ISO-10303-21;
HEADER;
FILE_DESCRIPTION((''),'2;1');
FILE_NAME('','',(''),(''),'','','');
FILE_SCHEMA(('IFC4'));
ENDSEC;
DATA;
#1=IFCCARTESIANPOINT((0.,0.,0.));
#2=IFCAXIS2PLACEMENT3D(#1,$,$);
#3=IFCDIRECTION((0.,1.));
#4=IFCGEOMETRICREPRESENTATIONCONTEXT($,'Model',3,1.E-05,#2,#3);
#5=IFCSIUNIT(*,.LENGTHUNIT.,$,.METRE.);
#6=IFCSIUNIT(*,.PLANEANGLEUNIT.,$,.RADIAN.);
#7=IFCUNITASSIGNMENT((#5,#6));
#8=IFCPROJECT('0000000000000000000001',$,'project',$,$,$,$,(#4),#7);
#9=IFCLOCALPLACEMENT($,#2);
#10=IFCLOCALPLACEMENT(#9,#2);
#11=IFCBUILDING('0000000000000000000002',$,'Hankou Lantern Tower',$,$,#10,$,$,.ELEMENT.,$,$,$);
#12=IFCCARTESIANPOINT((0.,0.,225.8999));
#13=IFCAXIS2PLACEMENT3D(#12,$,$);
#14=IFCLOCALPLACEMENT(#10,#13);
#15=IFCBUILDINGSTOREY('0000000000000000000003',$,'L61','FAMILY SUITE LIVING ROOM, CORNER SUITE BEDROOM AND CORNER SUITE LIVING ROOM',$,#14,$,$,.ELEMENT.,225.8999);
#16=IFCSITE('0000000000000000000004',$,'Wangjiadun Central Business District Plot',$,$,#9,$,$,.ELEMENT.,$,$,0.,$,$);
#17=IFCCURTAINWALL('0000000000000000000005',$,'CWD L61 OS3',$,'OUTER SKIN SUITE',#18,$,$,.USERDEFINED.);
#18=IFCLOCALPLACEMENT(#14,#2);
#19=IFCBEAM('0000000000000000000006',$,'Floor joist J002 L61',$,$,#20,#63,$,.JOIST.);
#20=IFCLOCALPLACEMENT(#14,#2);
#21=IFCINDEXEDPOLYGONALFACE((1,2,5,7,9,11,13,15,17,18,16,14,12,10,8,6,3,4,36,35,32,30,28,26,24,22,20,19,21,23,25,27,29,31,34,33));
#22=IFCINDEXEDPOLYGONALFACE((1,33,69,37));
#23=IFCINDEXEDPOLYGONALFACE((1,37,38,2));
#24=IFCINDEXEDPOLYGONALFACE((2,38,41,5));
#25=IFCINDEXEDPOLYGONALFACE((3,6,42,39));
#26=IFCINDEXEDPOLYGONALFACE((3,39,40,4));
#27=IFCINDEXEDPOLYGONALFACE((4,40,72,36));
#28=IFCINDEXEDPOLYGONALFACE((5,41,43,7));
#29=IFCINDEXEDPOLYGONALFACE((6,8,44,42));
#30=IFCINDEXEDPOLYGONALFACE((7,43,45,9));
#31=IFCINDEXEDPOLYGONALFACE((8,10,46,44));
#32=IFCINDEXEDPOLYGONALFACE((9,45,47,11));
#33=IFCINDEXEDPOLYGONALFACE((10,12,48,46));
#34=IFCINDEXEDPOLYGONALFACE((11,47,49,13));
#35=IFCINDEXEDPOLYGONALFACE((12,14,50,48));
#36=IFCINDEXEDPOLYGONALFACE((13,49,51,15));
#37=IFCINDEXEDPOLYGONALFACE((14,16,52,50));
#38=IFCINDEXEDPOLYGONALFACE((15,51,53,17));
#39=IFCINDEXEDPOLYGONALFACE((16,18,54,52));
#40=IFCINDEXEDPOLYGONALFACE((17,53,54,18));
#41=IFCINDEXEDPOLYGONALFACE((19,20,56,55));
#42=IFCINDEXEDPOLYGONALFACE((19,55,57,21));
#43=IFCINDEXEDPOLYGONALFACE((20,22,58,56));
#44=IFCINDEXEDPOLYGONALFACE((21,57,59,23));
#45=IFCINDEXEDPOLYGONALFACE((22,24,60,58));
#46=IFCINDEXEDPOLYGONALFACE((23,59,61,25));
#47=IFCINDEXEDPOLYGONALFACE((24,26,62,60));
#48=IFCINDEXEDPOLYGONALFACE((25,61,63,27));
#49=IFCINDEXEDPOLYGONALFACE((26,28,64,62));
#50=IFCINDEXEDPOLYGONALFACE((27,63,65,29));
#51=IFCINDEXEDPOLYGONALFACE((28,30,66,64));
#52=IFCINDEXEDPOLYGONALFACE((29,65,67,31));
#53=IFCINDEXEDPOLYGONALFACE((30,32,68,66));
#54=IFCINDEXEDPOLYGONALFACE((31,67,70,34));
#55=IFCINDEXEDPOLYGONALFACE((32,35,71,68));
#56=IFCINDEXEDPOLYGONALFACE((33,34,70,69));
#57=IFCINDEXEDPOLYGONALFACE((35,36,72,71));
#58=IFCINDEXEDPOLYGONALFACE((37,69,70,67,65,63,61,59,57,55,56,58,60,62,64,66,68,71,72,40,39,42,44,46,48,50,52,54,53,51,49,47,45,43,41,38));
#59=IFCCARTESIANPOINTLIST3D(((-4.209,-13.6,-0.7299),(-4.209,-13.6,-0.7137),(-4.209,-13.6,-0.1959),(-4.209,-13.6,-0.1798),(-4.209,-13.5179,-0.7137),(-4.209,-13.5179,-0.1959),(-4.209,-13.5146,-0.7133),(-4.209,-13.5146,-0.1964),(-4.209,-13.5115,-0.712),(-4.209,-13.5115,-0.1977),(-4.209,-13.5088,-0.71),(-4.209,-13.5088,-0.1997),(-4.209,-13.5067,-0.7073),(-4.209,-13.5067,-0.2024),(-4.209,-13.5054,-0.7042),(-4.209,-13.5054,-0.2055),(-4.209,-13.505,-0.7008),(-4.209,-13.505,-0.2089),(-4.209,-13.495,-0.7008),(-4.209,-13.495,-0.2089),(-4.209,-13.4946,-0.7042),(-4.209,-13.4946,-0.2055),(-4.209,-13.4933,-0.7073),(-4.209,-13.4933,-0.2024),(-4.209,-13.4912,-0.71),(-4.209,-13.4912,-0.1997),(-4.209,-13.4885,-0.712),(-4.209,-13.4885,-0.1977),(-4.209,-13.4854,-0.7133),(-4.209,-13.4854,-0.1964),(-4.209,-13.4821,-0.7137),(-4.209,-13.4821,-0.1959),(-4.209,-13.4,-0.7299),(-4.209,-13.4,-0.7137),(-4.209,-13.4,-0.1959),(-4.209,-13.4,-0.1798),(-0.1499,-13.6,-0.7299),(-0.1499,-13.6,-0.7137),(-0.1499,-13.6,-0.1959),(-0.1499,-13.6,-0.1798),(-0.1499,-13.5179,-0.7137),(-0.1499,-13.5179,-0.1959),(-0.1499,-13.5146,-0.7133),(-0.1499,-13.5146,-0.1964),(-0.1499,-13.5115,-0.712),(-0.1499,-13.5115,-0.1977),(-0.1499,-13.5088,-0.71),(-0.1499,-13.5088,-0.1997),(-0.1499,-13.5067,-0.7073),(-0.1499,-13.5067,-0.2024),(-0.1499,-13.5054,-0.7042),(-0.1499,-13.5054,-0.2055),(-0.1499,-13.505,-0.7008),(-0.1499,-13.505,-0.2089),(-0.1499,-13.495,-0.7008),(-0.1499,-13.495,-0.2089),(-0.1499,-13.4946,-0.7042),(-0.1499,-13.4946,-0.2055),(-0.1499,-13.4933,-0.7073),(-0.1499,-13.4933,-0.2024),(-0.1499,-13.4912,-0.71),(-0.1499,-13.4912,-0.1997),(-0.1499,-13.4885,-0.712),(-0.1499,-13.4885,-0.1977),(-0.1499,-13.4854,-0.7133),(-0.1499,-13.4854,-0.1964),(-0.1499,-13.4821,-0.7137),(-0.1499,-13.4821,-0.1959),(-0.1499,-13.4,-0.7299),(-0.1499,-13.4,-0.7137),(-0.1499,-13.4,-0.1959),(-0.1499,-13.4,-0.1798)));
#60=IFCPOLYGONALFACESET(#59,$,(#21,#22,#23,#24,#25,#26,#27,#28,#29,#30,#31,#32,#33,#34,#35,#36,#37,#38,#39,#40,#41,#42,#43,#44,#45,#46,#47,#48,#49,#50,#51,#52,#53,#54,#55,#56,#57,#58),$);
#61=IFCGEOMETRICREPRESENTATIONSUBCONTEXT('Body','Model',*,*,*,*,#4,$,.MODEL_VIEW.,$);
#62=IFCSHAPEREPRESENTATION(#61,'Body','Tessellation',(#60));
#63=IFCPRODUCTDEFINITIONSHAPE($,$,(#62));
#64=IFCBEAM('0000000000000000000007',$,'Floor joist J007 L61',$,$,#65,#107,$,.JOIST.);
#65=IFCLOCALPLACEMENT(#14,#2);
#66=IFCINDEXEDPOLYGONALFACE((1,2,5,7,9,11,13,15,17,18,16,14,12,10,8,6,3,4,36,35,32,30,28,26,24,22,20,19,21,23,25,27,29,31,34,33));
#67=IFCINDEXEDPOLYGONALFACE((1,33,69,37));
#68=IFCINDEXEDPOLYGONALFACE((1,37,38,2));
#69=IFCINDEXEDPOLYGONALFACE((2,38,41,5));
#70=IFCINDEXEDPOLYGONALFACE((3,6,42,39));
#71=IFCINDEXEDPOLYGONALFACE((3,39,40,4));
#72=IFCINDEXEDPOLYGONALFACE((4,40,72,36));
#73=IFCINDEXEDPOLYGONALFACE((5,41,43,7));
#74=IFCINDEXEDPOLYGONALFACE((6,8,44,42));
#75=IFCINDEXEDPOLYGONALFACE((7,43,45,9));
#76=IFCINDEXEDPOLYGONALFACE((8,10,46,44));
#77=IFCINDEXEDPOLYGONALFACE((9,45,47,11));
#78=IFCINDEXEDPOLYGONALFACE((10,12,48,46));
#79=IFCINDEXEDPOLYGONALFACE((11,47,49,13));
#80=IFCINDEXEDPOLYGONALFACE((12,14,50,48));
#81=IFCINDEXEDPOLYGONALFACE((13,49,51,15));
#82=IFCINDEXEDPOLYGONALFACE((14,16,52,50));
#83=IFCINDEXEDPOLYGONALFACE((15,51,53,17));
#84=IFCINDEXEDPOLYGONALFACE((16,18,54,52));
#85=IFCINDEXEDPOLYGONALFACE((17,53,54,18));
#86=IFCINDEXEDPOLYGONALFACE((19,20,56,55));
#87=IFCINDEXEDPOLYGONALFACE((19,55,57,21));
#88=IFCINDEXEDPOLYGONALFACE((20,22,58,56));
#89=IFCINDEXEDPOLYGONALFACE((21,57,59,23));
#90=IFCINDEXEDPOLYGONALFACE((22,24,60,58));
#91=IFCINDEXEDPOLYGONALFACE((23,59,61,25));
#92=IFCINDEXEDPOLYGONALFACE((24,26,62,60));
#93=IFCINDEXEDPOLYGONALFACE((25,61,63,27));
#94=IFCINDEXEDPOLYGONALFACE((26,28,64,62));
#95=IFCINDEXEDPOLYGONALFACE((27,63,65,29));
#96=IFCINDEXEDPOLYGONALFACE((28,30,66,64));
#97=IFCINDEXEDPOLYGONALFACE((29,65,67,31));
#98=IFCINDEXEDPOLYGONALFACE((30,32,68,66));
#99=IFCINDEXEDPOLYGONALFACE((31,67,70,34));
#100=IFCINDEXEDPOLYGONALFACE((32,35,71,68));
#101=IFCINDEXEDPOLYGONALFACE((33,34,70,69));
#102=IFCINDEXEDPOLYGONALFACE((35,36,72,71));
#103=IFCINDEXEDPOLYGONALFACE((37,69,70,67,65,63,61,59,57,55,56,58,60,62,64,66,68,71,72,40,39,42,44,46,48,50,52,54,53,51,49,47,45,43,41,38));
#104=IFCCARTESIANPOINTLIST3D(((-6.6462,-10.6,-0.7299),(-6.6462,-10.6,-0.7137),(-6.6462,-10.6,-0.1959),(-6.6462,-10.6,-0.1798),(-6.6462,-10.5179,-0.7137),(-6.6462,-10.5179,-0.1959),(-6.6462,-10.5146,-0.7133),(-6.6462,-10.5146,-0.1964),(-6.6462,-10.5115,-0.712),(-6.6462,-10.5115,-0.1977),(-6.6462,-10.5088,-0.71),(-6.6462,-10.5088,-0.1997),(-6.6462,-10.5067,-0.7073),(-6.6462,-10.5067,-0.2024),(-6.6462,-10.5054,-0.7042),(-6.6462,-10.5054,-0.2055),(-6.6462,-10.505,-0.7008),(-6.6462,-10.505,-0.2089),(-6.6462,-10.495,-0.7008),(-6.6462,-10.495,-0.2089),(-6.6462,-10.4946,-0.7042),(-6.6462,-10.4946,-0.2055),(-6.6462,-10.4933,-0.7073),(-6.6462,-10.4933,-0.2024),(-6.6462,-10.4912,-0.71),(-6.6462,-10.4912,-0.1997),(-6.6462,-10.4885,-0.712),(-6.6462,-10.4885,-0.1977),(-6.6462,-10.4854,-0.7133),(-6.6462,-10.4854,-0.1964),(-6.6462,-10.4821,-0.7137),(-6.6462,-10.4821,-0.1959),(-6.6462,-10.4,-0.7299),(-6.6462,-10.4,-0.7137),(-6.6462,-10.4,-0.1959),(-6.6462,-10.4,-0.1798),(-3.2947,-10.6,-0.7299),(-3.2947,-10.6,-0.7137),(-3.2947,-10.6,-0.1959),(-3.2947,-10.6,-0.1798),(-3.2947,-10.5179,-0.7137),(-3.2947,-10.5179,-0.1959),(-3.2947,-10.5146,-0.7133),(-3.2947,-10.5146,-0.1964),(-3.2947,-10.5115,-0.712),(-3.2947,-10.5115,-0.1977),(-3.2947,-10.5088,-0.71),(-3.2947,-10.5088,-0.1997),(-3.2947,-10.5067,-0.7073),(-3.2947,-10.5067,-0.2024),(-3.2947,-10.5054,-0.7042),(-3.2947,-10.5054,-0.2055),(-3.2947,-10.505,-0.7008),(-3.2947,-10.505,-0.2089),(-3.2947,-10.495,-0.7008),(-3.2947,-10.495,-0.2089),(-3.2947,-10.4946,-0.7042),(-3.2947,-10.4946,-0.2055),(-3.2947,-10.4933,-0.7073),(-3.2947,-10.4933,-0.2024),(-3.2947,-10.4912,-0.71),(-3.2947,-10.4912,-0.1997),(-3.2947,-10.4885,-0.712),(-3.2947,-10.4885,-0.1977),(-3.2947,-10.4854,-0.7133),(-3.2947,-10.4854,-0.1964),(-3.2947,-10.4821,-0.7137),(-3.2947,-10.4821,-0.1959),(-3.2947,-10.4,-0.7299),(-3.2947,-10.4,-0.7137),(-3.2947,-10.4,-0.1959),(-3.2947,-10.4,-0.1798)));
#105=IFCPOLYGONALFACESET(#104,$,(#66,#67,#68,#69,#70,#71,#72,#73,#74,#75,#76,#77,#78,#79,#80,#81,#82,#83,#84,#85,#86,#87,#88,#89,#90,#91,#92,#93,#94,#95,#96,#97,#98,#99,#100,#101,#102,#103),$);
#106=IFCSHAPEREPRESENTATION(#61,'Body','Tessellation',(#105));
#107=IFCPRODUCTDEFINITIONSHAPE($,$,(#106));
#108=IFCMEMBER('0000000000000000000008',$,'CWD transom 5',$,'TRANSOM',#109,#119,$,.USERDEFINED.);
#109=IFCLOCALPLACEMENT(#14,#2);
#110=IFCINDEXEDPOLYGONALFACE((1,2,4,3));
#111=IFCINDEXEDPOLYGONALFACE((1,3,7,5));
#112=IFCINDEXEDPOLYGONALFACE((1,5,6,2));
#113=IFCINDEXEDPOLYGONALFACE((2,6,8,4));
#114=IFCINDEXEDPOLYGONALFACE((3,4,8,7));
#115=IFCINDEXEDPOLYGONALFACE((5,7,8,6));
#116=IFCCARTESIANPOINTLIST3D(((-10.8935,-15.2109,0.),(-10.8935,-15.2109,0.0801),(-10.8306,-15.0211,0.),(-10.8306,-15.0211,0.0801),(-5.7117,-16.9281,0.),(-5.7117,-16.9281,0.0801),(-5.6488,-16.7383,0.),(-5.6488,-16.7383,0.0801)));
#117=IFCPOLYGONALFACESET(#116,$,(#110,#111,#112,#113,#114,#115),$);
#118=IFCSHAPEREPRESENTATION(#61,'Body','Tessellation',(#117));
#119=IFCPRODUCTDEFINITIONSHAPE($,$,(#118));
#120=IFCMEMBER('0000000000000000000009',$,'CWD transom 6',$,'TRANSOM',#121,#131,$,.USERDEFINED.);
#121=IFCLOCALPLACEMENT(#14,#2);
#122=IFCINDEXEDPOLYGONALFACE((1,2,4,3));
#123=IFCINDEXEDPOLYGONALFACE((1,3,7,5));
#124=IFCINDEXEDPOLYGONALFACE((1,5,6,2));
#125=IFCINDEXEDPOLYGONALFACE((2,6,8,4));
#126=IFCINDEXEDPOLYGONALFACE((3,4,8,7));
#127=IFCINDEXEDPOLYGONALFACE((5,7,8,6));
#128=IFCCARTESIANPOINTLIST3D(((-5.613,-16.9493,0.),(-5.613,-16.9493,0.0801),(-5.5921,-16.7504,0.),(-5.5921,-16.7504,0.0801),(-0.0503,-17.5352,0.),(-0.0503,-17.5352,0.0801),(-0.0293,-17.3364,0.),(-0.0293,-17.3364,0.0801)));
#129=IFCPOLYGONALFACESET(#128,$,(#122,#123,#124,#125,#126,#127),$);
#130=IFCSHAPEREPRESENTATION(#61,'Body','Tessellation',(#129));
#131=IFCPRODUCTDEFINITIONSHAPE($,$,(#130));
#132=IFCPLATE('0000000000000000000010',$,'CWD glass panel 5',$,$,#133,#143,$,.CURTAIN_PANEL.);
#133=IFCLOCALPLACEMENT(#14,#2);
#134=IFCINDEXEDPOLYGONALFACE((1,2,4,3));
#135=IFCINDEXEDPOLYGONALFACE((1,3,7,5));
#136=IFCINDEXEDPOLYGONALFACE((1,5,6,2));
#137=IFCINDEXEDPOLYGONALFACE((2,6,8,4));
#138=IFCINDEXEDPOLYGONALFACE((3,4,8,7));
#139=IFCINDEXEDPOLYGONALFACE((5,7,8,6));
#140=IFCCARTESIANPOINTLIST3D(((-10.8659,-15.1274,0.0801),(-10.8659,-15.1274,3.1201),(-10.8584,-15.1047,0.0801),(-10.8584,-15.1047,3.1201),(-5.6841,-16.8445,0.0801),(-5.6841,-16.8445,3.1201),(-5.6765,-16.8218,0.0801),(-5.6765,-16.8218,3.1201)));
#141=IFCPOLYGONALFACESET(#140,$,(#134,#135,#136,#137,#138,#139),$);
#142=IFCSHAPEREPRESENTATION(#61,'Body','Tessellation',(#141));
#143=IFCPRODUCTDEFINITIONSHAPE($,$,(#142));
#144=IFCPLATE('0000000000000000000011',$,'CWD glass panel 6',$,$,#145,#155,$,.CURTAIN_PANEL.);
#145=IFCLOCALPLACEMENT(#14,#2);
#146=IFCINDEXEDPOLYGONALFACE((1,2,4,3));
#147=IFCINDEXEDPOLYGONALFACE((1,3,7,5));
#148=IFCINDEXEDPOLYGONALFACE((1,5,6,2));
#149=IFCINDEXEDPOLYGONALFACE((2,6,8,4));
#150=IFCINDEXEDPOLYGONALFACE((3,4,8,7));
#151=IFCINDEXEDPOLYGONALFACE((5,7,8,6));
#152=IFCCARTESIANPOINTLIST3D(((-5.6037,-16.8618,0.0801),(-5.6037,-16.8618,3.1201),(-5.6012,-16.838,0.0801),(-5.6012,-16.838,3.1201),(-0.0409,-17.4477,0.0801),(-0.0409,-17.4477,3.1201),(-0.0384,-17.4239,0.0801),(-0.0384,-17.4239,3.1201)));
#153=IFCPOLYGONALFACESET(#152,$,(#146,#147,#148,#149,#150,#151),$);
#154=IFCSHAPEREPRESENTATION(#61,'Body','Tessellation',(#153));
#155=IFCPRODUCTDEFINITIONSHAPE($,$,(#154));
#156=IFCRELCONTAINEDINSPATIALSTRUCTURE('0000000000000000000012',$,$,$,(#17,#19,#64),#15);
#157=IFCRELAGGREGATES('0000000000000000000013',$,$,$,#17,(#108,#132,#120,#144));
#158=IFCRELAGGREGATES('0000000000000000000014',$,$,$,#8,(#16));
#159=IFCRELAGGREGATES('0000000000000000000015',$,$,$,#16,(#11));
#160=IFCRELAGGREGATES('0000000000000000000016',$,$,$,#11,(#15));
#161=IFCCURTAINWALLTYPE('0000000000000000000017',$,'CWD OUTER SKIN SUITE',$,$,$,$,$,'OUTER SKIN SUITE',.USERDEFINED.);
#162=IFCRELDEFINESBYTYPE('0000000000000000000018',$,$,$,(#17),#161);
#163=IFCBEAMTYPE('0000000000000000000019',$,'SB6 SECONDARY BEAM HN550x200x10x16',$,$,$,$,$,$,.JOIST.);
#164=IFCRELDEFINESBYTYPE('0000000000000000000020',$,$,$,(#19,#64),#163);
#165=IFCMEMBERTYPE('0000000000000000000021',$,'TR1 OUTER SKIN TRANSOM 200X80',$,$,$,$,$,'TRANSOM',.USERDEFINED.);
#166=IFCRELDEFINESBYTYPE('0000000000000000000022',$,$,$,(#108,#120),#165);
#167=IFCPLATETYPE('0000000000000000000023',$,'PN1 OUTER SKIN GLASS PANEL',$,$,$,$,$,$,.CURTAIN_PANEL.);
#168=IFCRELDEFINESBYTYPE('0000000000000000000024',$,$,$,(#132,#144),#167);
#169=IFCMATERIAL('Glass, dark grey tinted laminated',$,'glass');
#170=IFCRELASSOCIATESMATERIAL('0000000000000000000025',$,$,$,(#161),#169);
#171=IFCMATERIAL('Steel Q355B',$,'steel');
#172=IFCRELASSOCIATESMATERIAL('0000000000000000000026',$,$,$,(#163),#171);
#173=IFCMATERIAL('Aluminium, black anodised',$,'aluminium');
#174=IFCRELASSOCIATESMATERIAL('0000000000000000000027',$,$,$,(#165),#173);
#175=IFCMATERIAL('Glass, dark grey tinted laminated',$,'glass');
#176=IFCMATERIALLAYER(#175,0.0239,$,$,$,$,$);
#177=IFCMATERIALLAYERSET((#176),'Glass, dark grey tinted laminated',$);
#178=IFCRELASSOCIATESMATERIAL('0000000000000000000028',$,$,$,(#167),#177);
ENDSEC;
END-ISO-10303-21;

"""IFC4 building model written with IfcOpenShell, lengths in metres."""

from ifc_helpers import new_model, si_unit, direction, frame, origin, origin_2d, place, context, subcontext, project, spatial, rectangle, i_section, extrude, material, layer, layer_set, material_profile, profile_set, type_object, element, aggregate, save


model = new_model("IFC4")

# Units and contexts
model_context = context("Model", 3, precision=1e-05, world=origin(), true_north=direction((0.0, 1.0)))
body_context = subcontext(model_context, "Body", "Model", "MODEL_VIEW")
ifc_project = project(units=[si_unit("LENGTHUNIT", "METRE"), si_unit("PLANEANGLEUNIT", "RADIAN")], contexts=[model_context])

# Site, building, storey
site_placement = place(None, origin())
site = spatial("IfcSite", under=ifc_project, at=site_placement, Name="Wangjiadun Central Business District Plot", CompositionType="ELEMENT", RefElevation=0.0)
building_placement = place(site_placement, origin())
building = spatial("IfcBuilding", under=site, at=building_placement, Name="Hankou Lantern Tower", CompositionType="ELEMENT")
storey_placement = place(building_placement, frame((0.0, 0.0, 225.8999)))
storey = spatial("IfcBuildingStorey", under=building, at=storey_placement, Name="L61", Description="FAMILY SUITE LIVING ROOM, CORNER SUITE BEDROOM AND CORNER SUITE LIVING ROOM", CompositionType="ELEMENT", Elevation=225.8999)

# Curtain wall
ifc_material_1 = material(Name="Glass, dark grey tinted laminated", Category="glass")
curtain_wall_type = type_object("IfcCurtainWallType", Name="CWD OUTER SKIN SUITE", ElementType="OUTER SKIN SUITE", PredefinedType="USERDEFINED", material=ifc_material_1)
curtain_wall_placement = place(storey_placement, origin())
curtain_wall = element("IfcCurtainWall", 1, at=curtain_wall_placement, inside=storey, type_object=curtain_wall_type, Name="CWD L61 OS3", ObjectType="OUTER SKIN SUITE", PredefinedType="USERDEFINED")

# Beams
ifc_material_2 = material(Name="Steel Q355B", Category="steel")
ifc_material_profile_1 = material_profile(ifc_material_2, i_section(OverallWidth=0.2, OverallDepth=0.55, WebThickness=0.01, FlangeThickness=0.0161, FilletRadius=0.0129, at=origin_2d()), Name="HN550x200x10x16")
ifc_profile_set_1 = profile_set([ifc_material_profile_1], Name="Steel Q355B")
beam_type_1 = type_object("IfcBeamType", Name="SB6 SECONDARY BEAM HN550x200x10x16", PredefinedType="JOIST", material=ifc_profile_set_1)
beam_1_placement = place(storey_placement, frame((-4.209, -13.5, -0.4548), z_axis=(1.0, 0.0, 0.0), x_axis=(0.0, 1.0, 0.0)))
element("IfcBeam", 2, at=beam_1_placement, inside=storey, type_object=beam_type_1, Name="Floor joist J002 L61", PredefinedType="JOIST", context=body_context, shape_type="SweptSolid", body=[
    extrude(i_section(OverallWidth=0.2, OverallDepth=0.55, WebThickness=0.01, FlangeThickness=0.0161, FilletRadius=0.0129, at=origin_2d()), origin(), (0.0, 0.0, 1.0), 4.0591),
])
beam_2_placement = place(storey_placement, frame((-6.6462, -10.5, -0.4548), z_axis=(1.0, 0.0, 0.0), x_axis=(0.0, 1.0, 0.0)))
element("IfcBeam", 3, at=beam_2_placement, inside=storey, type_object=beam_type_1, Name="Floor joist J007 L61", PredefinedType="JOIST", context=body_context, shape_type="SweptSolid", body=[
    extrude(i_section(OverallWidth=0.2, OverallDepth=0.55, WebThickness=0.01, FlangeThickness=0.0161, FilletRadius=0.0129, at=origin_2d()), origin(), (0.0, 0.0, 1.0), 3.3516),
])

# Members
ifc_material_3 = material(Name="Aluminium, black anodised", Category="aluminium")
ifc_material_profile_2 = material_profile(ifc_material_3, rectangle(XDim=0.2, YDim=0.0801, at=origin_2d()), Name="TR1 200X80")
ifc_profile_set_2 = profile_set([ifc_material_profile_2], Name="Aluminium, black anodised")
member_type_1 = type_object("IfcMemberType", Name="TR1 OUTER SKIN TRANSOM 200X80", ElementType="TRANSOM", PredefinedType="USERDEFINED", material=ifc_profile_set_2)
member_1_placement = place(storey_placement, frame((-10.8621, -15.116, 0.04), z_axis=(0.949232, -0.314577, 0.0), x_axis=(0.314577, 0.949232, 0.0)))
member_1 = element("IfcMember", 4, at=member_1_placement, type_object=member_type_1, Name="CWD transom 5", ObjectType="TRANSOM", PredefinedType="USERDEFINED", context=body_context, shape_type="SweptSolid", body=[
    extrude(rectangle(XDim=0.2, YDim=0.0801, at=origin_2d()), origin(), (0.0, 0.0, 1.0), 5.459),
])
member_2_placement = place(storey_placement, frame((-5.6025, -16.8499, 0.04), z_axis=(0.994498, -0.104753, 0.0), x_axis=(0.104753, 0.994498, 0.0)))
member_2 = element("IfcMember", 5, at=member_2_placement, type_object=member_type_1, Name="CWD transom 6", ObjectType="TRANSOM", PredefinedType="USERDEFINED", context=body_context, shape_type="SweptSolid", body=[
    extrude(rectangle(XDim=0.2, YDim=0.0801, at=origin_2d()), origin(), (0.0, 0.0, 1.0), 5.5935),
])

# Plates
ifc_material_4 = material(Name="Glass, dark grey tinted laminated", Category="glass")
ifc_layer_1 = layer(ifc_material_4, 0.0239)
ifc_layer_set_1 = layer_set([ifc_layer_1], Name="Glass, dark grey tinted laminated")
plate_type = type_object("IfcPlateType", Name="PN1 OUTER SKIN GLASS PANEL", PredefinedType="CURTAIN_PANEL", material=ifc_layer_set_1)
plate_1_placement = place(storey_placement, frame((-8.2712, -15.9746, 0.0801), z_axis=(0.0, 0.0, 1.0), x_axis=(0.949241, -0.314551, 0.0)))
plate_1 = element("IfcPlate", 6, at=plate_1_placement, type_object=plate_type, Name="CWD glass panel 5", PredefinedType="CURTAIN_PANEL", context=body_context, shape_type="SweptSolid", body=[
    extrude(rectangle(XDim=5.459, YDim=0.0239, at=origin_2d()), origin(), (0.0, 0.0, 1.0), 3.04),
])
plate_2_placement = place(storey_placement, frame((-2.821, -17.1428, 0.0801), z_axis=(0.0, 0.0, 1.0), x_axis=(0.994499, -0.104743, 0.0)))
plate_2 = element("IfcPlate", 7, at=plate_2_placement, type_object=plate_type, Name="CWD glass panel 6", PredefinedType="CURTAIN_PANEL", context=body_context, shape_type="SweptSolid", body=[
    extrude(rectangle(XDim=5.5935, YDim=0.0239, at=origin_2d()), origin(), (0.0, 0.0, 1.0), 3.04),
])
aggregate(curtain_wall, [member_1, plate_1, member_2, plate_2])

save(model, "model.ifc")
